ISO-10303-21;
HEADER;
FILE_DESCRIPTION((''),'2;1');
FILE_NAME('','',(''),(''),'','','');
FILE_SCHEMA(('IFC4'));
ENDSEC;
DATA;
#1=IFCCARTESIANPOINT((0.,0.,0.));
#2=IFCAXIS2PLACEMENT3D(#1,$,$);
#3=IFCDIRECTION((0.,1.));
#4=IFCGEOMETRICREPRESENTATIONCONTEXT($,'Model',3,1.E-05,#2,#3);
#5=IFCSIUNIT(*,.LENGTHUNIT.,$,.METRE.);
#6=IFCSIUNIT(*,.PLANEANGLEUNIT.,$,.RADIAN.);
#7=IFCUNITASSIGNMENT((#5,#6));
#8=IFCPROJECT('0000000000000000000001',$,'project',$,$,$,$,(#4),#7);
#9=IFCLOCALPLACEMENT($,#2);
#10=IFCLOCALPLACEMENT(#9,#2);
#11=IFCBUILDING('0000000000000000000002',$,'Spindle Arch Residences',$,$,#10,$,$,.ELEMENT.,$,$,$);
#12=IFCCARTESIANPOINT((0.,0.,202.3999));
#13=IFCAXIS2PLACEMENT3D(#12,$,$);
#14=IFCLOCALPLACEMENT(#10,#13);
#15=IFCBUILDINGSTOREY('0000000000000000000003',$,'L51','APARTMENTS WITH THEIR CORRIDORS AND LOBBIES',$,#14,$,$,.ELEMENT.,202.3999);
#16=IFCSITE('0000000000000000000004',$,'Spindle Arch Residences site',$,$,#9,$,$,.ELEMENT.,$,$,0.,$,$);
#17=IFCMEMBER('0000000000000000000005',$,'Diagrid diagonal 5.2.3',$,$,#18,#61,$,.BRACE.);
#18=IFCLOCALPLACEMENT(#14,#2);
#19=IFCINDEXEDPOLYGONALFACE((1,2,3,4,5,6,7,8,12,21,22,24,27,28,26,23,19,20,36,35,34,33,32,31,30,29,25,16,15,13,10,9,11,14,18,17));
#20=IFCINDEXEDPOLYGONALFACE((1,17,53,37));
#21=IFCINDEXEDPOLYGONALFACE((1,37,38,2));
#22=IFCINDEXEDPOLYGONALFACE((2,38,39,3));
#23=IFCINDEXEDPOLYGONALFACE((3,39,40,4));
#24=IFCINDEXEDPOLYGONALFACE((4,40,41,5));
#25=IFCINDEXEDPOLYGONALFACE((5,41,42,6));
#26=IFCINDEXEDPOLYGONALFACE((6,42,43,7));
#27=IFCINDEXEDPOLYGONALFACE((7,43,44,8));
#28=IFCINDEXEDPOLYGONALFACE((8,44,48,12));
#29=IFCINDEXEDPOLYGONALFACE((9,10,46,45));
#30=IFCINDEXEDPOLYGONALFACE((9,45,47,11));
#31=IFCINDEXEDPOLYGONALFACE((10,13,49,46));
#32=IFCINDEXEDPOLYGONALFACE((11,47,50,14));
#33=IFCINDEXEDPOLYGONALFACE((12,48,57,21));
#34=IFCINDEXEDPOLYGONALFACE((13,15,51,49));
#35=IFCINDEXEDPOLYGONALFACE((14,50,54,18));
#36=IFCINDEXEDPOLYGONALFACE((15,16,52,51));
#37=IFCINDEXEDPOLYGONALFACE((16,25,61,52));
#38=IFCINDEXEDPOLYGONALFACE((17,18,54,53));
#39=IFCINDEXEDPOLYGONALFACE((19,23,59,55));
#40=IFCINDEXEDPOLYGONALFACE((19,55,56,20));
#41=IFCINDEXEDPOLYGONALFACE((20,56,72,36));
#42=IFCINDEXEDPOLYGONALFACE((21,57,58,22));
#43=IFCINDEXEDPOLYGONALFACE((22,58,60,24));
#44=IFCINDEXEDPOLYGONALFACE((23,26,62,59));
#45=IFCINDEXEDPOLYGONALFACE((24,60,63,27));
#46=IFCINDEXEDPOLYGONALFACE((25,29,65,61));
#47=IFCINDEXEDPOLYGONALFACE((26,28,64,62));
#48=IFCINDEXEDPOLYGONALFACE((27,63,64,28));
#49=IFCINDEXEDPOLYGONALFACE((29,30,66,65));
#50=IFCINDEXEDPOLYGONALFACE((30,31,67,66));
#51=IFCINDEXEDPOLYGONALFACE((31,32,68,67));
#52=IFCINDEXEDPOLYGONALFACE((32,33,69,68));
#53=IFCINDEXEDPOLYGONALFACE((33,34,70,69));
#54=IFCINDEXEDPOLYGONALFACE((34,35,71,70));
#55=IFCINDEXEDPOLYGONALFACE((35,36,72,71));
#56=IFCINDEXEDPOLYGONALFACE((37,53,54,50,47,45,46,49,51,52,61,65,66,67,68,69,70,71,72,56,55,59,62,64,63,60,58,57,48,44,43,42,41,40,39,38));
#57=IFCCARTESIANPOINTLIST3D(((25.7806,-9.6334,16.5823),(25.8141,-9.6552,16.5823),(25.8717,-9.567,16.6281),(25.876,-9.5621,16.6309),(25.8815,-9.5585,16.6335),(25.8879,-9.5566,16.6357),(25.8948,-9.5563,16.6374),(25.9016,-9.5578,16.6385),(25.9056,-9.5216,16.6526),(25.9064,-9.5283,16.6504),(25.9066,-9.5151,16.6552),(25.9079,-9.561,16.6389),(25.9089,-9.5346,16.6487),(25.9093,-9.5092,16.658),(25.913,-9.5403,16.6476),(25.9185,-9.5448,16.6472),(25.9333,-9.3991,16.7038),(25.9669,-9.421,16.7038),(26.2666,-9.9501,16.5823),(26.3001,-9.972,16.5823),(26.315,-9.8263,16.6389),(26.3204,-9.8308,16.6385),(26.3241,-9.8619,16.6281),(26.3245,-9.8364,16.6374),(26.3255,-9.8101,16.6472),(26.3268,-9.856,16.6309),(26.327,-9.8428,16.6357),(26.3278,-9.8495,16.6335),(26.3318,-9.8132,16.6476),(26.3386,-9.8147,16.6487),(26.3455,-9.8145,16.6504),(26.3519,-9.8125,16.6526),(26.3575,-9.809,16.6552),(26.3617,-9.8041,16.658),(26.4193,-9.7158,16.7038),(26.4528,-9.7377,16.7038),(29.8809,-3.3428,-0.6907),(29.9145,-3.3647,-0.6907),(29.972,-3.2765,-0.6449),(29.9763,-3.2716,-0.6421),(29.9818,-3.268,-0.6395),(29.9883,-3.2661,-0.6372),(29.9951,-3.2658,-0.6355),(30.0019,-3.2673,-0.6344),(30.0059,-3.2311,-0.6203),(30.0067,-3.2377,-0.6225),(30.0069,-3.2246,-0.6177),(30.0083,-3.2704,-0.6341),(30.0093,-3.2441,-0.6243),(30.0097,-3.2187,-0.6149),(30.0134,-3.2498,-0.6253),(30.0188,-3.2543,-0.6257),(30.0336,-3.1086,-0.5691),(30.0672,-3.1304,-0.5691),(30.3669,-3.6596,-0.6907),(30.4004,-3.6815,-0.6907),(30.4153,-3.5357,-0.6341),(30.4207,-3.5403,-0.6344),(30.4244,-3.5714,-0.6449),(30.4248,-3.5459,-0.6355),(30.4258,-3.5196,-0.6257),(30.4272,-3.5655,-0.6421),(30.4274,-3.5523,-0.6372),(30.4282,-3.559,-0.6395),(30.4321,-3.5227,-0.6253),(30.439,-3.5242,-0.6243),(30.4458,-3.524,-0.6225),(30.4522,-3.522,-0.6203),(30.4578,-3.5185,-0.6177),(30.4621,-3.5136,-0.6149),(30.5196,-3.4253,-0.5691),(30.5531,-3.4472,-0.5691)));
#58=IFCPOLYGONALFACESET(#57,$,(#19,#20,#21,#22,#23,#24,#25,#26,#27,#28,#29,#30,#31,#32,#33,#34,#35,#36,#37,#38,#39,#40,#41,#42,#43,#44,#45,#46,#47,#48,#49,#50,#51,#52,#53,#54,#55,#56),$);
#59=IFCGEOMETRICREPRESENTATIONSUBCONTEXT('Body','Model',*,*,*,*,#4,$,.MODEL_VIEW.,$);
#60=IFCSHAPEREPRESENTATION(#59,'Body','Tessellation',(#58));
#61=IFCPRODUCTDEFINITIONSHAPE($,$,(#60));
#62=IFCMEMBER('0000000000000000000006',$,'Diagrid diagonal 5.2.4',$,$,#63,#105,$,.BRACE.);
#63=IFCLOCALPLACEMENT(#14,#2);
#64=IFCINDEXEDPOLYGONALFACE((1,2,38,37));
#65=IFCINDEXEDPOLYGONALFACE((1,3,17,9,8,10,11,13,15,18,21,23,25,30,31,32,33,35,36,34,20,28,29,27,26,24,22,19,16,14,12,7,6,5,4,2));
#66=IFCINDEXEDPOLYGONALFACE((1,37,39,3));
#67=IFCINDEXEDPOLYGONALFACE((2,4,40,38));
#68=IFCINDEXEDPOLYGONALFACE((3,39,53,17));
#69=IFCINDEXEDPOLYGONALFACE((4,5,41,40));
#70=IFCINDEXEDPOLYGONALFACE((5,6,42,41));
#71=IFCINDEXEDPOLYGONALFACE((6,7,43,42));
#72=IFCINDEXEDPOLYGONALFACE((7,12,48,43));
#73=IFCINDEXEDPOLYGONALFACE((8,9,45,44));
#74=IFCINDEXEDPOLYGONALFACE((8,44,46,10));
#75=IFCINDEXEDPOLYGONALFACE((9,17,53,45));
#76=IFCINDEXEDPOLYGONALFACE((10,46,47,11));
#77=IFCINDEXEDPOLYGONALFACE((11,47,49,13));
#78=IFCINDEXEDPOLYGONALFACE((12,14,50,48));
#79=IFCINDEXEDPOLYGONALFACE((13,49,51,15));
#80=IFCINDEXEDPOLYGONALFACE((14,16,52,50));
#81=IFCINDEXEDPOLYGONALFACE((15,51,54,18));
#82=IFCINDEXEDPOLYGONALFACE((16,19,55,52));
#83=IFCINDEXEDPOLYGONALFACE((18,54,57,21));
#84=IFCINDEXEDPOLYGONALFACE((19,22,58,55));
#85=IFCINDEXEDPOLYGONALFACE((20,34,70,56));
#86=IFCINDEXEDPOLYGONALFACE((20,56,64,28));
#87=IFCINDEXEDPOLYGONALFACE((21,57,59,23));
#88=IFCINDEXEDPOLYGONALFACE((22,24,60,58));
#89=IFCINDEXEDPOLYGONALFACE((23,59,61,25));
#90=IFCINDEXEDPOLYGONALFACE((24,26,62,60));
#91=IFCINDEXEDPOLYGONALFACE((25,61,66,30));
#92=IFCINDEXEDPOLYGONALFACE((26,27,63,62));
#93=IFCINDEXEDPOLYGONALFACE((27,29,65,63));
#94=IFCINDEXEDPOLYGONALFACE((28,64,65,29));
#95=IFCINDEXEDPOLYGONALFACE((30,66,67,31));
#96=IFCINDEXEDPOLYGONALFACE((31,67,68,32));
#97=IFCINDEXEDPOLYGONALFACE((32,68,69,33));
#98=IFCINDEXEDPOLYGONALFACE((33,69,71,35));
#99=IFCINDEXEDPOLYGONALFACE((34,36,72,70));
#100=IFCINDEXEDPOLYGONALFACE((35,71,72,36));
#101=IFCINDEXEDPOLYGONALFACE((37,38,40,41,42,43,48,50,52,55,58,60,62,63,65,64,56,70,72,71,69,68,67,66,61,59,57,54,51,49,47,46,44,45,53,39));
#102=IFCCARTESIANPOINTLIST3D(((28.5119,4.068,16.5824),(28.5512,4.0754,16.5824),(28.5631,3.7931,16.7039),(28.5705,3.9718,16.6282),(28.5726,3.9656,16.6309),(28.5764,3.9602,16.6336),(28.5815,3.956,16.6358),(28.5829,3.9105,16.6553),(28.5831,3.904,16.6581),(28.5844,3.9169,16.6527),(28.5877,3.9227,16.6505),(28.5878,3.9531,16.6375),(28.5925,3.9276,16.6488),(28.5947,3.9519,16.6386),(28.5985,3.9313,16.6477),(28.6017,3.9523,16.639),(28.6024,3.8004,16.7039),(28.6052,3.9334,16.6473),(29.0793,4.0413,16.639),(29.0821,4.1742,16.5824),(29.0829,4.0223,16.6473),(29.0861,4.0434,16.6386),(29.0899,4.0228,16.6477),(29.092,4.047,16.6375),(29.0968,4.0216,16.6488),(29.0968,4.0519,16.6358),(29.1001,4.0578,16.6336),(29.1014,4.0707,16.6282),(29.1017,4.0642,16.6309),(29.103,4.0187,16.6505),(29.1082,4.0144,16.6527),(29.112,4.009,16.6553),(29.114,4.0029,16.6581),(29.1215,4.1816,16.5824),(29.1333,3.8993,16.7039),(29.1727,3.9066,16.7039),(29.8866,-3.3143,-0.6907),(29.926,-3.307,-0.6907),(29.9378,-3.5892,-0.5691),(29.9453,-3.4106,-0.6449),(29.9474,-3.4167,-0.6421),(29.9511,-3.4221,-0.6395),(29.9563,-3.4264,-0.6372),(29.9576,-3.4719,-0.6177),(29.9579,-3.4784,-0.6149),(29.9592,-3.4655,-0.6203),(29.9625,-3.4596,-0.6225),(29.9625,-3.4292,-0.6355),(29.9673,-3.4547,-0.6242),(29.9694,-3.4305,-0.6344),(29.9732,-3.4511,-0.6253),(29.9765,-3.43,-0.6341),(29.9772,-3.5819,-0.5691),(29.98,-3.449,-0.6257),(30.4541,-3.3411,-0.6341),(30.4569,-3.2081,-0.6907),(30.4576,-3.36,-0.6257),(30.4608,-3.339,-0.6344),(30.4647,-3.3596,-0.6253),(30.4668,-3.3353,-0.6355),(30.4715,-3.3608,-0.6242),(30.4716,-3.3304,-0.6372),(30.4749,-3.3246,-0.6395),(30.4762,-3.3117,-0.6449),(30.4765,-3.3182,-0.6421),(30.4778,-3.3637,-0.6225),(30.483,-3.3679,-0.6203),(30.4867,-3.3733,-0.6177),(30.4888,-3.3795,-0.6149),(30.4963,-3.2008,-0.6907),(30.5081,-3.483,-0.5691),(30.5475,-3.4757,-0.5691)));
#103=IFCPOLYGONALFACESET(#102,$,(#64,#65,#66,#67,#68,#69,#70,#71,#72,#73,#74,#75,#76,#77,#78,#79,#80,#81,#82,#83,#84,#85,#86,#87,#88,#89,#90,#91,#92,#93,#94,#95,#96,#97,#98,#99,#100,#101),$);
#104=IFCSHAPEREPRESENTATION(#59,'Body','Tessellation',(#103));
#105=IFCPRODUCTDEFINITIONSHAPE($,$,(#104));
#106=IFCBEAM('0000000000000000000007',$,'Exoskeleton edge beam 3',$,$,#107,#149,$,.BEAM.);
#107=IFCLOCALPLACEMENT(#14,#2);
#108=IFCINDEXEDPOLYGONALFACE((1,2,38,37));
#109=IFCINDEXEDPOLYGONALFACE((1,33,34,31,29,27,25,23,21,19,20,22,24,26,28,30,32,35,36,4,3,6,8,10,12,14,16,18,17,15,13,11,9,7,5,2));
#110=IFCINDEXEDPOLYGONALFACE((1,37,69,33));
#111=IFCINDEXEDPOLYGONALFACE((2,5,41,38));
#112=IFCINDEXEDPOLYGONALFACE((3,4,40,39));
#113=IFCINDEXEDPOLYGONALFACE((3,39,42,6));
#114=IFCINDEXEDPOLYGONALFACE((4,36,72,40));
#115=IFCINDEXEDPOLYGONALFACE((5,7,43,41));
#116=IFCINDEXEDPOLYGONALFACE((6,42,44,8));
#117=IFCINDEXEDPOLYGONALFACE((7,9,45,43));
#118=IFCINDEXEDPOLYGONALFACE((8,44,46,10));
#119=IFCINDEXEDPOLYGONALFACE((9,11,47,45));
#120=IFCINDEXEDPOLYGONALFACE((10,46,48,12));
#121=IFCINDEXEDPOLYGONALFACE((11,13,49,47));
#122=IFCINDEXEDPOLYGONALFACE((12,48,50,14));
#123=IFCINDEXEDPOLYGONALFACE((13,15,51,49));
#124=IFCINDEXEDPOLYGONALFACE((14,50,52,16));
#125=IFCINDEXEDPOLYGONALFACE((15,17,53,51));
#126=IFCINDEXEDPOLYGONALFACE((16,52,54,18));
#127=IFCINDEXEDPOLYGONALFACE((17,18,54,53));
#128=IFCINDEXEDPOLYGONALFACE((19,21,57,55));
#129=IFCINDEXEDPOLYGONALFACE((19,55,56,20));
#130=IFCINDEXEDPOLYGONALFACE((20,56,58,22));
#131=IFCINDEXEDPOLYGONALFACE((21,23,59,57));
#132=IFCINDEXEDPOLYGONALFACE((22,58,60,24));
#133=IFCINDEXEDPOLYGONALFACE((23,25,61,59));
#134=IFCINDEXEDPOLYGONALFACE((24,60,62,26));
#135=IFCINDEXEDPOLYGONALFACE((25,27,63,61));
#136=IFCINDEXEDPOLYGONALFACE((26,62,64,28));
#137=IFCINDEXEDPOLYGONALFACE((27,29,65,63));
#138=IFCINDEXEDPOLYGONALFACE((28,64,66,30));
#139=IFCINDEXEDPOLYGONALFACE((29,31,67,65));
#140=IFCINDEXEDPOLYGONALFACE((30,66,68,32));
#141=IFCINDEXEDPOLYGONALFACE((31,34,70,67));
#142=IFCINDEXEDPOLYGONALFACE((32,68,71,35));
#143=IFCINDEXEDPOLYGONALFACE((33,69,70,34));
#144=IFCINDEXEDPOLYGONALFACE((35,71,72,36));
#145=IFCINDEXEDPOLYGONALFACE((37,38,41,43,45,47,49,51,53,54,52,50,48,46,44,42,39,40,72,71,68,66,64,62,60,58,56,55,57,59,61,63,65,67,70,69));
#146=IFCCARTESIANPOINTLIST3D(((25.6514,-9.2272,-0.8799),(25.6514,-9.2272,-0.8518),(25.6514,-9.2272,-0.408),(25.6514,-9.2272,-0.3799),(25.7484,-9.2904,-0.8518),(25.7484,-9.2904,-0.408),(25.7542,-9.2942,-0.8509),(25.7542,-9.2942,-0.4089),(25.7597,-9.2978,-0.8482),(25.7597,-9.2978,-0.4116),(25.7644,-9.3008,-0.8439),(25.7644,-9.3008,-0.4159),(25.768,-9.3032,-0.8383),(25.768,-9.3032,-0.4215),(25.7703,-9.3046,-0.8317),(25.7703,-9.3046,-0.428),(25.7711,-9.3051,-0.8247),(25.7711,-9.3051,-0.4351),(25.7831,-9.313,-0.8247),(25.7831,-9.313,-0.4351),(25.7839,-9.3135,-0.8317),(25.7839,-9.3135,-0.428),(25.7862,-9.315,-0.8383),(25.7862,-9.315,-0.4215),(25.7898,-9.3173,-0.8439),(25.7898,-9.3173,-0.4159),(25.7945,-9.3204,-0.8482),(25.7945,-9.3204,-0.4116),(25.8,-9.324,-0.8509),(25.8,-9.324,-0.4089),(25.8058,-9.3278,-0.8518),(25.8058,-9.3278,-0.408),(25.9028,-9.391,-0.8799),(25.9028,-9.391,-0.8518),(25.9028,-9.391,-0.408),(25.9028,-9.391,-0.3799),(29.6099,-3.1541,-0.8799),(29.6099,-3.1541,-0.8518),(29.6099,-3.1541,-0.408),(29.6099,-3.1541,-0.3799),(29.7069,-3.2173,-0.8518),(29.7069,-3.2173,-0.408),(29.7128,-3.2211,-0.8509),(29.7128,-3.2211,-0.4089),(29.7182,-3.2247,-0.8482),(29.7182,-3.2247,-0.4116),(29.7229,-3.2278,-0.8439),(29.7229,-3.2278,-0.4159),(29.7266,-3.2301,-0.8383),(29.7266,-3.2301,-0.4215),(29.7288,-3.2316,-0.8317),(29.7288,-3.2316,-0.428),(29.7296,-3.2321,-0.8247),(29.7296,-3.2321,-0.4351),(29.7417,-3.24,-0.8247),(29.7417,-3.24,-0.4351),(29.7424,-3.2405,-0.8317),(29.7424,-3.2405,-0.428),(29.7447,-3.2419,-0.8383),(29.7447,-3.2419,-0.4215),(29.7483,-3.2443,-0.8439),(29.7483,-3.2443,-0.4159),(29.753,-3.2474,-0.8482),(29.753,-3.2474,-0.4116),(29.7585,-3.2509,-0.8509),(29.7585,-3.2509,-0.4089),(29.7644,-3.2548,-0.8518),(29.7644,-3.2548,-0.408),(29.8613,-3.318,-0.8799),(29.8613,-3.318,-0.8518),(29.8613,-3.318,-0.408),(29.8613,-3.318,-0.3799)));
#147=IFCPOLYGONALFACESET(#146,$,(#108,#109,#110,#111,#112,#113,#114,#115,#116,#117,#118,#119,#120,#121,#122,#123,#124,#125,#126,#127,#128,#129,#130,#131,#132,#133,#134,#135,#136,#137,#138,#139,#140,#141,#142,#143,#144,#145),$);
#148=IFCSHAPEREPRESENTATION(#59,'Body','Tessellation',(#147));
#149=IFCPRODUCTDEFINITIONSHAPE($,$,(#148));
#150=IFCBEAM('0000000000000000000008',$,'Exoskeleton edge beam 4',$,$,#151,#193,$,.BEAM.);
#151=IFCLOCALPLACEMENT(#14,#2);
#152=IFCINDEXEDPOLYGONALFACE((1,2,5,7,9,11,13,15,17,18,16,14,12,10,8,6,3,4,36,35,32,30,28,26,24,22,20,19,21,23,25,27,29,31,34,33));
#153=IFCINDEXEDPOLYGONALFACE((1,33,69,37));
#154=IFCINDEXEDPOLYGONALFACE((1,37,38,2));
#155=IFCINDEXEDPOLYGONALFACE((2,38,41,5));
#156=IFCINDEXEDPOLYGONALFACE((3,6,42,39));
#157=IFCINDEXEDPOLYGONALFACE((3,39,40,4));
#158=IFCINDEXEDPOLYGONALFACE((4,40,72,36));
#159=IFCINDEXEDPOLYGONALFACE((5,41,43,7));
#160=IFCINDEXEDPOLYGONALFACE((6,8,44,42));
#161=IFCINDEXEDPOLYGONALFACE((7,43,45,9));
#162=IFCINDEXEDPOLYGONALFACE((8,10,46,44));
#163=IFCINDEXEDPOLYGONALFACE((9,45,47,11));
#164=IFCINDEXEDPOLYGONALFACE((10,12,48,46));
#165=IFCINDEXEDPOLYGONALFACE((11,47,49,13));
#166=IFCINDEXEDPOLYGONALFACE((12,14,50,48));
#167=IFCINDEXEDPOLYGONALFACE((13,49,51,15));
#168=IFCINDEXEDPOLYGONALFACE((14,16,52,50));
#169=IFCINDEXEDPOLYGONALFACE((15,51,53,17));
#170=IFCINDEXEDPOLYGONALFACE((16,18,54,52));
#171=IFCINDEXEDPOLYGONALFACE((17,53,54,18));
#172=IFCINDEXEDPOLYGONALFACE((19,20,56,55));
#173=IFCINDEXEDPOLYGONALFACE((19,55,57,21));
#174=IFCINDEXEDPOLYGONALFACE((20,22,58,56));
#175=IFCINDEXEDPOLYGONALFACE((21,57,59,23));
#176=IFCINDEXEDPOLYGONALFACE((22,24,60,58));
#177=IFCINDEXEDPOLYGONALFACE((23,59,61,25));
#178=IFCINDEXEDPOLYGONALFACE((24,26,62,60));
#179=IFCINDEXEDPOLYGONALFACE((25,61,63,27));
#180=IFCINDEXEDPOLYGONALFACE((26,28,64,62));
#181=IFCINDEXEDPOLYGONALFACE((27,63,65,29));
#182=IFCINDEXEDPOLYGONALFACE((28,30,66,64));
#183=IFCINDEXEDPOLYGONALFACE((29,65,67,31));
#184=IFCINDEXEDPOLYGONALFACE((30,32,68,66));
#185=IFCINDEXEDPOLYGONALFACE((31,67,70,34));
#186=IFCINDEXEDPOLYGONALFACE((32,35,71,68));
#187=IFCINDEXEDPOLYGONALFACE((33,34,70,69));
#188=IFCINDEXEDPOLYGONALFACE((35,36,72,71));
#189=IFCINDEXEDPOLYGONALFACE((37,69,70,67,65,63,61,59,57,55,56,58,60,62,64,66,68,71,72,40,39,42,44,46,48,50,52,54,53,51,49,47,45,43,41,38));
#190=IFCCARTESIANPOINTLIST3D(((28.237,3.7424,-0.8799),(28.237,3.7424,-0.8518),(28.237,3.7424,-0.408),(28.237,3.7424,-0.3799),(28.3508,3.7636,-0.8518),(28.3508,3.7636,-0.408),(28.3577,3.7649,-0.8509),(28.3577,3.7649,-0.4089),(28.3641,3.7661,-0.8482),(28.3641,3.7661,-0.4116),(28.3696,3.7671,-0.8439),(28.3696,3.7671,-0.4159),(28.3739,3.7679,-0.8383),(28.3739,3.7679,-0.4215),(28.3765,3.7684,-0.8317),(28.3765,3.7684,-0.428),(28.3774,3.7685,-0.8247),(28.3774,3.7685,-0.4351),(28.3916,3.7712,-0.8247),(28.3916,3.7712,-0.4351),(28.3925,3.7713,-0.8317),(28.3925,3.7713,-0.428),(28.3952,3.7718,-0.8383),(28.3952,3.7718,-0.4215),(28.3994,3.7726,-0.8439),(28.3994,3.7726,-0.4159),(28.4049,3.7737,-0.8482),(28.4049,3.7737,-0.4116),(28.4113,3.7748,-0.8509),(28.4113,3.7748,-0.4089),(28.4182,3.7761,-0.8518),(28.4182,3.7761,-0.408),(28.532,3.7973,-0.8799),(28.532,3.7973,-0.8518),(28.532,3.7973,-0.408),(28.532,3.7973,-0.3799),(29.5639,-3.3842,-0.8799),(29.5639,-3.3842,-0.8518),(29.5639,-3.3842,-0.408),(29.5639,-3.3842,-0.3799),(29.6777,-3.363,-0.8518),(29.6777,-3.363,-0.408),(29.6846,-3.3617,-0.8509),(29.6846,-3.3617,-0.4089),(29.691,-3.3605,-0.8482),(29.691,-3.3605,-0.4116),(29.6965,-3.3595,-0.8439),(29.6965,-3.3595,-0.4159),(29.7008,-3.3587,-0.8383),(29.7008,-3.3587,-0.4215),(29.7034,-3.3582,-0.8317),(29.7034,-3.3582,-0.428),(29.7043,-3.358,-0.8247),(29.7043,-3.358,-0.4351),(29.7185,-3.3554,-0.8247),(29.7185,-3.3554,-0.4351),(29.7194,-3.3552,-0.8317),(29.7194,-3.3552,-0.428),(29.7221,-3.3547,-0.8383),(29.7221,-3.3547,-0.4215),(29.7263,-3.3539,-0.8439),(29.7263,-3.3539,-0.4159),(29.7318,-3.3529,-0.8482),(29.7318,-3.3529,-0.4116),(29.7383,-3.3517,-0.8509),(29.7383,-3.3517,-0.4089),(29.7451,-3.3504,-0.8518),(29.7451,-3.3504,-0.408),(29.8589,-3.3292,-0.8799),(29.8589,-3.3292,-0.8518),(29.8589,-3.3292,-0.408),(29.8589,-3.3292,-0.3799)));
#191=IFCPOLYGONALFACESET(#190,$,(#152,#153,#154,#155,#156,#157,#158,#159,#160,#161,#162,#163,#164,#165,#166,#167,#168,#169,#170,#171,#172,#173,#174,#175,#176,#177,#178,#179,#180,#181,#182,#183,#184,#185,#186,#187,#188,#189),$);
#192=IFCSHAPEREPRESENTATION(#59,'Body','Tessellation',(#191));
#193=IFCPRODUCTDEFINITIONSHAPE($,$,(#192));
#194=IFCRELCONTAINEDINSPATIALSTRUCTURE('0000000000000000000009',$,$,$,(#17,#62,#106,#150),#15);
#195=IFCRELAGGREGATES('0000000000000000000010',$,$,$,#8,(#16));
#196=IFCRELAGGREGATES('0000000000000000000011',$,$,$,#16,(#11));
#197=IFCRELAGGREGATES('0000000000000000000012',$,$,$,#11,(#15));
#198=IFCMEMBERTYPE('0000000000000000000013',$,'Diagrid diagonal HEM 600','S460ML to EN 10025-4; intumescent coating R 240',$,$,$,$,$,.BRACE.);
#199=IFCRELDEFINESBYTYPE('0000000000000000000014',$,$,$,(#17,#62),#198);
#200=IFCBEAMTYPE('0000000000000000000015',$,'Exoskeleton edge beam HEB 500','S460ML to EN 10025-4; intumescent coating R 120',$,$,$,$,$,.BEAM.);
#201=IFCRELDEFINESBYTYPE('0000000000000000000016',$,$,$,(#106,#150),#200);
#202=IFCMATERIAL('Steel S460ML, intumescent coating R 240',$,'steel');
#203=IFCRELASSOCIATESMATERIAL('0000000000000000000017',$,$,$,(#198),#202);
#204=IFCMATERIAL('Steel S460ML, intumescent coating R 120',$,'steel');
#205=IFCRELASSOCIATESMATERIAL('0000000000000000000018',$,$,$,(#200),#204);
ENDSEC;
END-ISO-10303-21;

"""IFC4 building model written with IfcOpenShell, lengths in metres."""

from ifc_helpers import new_model, si_unit, direction, frame, origin, origin_2d, place, context, subcontext, project, spatial, i_section, extrude, material, material_profile, profile_set, type_object, element, save


model = new_model("IFC4")

# Units and contexts
model_context = context("Model", 3, precision=1e-05, world=origin(), true_north=direction((0.0, 1.0)))
body_context = subcontext(model_context, "Body", "Model", "MODEL_VIEW")
ifc_project = project(units=[si_unit("LENGTHUNIT", "METRE"), si_unit("PLANEANGLEUNIT", "RADIAN")], contexts=[model_context])

# Site, building, storey
site_placement = place(None, origin())
site = spatial("IfcSite", under=ifc_project, at=site_placement, Name="Spindle Arch Residences site", CompositionType="ELEMENT", RefElevation=0.0)
building_placement = place(site_placement, origin())
building = spatial("IfcBuilding", under=site, at=building_placement, Name="Spindle Arch Residences", CompositionType="ELEMENT")
storey_placement = place(building_placement, frame((0.0, 0.0, 202.3999)))
storey = spatial("IfcBuildingStorey", under=building, at=storey_placement, Name="L51", Description="APARTMENTS WITH THEIR CORRIDORS AND LOBBIES", CompositionType="ELEMENT", Elevation=202.3999)

# Members
ifc_material_1 = material(Name="Steel S460ML, intumescent coating R 240", Category="steel")
ifc_material_profile_1 = material_profile(ifc_material_1, i_section(OverallWidth=0.3049, OverallDepth=0.6201, WebThickness=0.021, FlangeThickness=0.04, FilletRadius=0.0271, at=origin_2d()), Name="HEM 600")
ifc_profile_set_1 = profile_set([ifc_material_profile_1], Name="Steel S460ML, intumescent coating R 240")
member_type_1 = type_object("IfcMemberType", Name="Diagrid diagonal HEM 600", Description="S460ML to EN 10025-4; intumescent coating R 240", PredefinedType="BRACE", material=ifc_profile_set_1)
member_1_placement = place(storey_placement, frame((30.217, -3.395, -0.6299), z_axis=(-0.217704, -0.33399, 0.917091), x_axis=(0.500791, 0.768287, 0.398678)))
element("IfcMember", 1, at=member_1_placement, inside=storey, type_object=member_type_1, Name="Diagrid diagonal 5.2.3", PredefinedType="BRACE", context=body_context, shape_type="SweptSolid", body=[
    extrude(i_section(OverallWidth=0.3049, OverallDepth=0.6201, WebThickness=0.021, FlangeThickness=0.04, FilletRadius=0.0271, at=origin_2d()), origin(), (0.0, 0.0, 1.0), 18.8345),
])
member_2_placement = place(storey_placement, frame((30.217, -3.395, -0.6299), z_axis=(-0.072991, 0.391955, 0.917084), x_axis=(0.167895, -0.901585, 0.398693)))
element("IfcMember", 2, at=member_2_placement, inside=storey, type_object=member_type_1, Name="Diagrid diagonal 5.2.4", PredefinedType="BRACE", context=body_context, shape_type="SweptSolid", body=[
    extrude(i_section(OverallWidth=0.3049, OverallDepth=0.6201, WebThickness=0.021, FlangeThickness=0.04, FilletRadius=0.0271, at=origin_2d()), origin(), (0.0, 0.0, 1.0), 18.8347),
])

# Beams
ifc_material_2 = material(Name="Steel S460ML, intumescent coating R 120", Category="steel")
ifc_material_profile_2 = material_profile(ifc_material_2, i_section(OverallWidth=0.3, OverallDepth=0.5, WebThickness=0.0144, FlangeThickness=0.0281, FilletRadius=0.0271, at=origin_2d()), Name="HEB 500")
ifc_profile_set_2 = profile_set([ifc_material_profile_2], Name="Steel S460ML, intumescent coating R 120")
beam_type_1 = type_object("IfcBeamType", Name="Exoskeleton edge beam HEB 500", Description="S460ML to EN 10025-4; intumescent coating R 120", PredefinedType="BEAM", material=ifc_profile_set_2)
beam_1_placement = place(storey_placement, frame((25.7771, -9.3091, -0.6299), z_axis=(0.546059, 0.837747, 0.0), x_axis=(-0.837747, 0.546059, 0.0)))
element("IfcBeam", 3, at=beam_1_placement, inside=storey, type_object=beam_type_1, Name="Exoskeleton edge beam 3", PredefinedType="BEAM", context=body_context, shape_type="SweptSolid", body=[
    extrude(i_section(OverallWidth=0.3, OverallDepth=0.5, WebThickness=0.0144, FlangeThickness=0.0281, FilletRadius=0.0271, at=origin_2d()), origin(), (0.0, 0.0, 1.0), 7.2493),
])
beam_2_placement = place(storey_placement, frame((29.7114, -3.3567, -0.6299), z_axis=(-0.183048, 0.983104, 0.0), x_axis=(-0.983104, -0.183048, 0.0)))
element("IfcBeam", 4, at=beam_2_placement, inside=storey, type_object=beam_type_1, Name="Exoskeleton edge beam 4", PredefinedType="BEAM", context=body_context, shape_type="SweptSolid", body=[
    extrude(i_section(OverallWidth=0.3, OverallDepth=0.5, WebThickness=0.0144, FlangeThickness=0.0281, FilletRadius=0.0271, at=origin_2d()), origin(), (0.0, 0.0, 1.0), 7.249),
])

save(model, "model.ifc")
